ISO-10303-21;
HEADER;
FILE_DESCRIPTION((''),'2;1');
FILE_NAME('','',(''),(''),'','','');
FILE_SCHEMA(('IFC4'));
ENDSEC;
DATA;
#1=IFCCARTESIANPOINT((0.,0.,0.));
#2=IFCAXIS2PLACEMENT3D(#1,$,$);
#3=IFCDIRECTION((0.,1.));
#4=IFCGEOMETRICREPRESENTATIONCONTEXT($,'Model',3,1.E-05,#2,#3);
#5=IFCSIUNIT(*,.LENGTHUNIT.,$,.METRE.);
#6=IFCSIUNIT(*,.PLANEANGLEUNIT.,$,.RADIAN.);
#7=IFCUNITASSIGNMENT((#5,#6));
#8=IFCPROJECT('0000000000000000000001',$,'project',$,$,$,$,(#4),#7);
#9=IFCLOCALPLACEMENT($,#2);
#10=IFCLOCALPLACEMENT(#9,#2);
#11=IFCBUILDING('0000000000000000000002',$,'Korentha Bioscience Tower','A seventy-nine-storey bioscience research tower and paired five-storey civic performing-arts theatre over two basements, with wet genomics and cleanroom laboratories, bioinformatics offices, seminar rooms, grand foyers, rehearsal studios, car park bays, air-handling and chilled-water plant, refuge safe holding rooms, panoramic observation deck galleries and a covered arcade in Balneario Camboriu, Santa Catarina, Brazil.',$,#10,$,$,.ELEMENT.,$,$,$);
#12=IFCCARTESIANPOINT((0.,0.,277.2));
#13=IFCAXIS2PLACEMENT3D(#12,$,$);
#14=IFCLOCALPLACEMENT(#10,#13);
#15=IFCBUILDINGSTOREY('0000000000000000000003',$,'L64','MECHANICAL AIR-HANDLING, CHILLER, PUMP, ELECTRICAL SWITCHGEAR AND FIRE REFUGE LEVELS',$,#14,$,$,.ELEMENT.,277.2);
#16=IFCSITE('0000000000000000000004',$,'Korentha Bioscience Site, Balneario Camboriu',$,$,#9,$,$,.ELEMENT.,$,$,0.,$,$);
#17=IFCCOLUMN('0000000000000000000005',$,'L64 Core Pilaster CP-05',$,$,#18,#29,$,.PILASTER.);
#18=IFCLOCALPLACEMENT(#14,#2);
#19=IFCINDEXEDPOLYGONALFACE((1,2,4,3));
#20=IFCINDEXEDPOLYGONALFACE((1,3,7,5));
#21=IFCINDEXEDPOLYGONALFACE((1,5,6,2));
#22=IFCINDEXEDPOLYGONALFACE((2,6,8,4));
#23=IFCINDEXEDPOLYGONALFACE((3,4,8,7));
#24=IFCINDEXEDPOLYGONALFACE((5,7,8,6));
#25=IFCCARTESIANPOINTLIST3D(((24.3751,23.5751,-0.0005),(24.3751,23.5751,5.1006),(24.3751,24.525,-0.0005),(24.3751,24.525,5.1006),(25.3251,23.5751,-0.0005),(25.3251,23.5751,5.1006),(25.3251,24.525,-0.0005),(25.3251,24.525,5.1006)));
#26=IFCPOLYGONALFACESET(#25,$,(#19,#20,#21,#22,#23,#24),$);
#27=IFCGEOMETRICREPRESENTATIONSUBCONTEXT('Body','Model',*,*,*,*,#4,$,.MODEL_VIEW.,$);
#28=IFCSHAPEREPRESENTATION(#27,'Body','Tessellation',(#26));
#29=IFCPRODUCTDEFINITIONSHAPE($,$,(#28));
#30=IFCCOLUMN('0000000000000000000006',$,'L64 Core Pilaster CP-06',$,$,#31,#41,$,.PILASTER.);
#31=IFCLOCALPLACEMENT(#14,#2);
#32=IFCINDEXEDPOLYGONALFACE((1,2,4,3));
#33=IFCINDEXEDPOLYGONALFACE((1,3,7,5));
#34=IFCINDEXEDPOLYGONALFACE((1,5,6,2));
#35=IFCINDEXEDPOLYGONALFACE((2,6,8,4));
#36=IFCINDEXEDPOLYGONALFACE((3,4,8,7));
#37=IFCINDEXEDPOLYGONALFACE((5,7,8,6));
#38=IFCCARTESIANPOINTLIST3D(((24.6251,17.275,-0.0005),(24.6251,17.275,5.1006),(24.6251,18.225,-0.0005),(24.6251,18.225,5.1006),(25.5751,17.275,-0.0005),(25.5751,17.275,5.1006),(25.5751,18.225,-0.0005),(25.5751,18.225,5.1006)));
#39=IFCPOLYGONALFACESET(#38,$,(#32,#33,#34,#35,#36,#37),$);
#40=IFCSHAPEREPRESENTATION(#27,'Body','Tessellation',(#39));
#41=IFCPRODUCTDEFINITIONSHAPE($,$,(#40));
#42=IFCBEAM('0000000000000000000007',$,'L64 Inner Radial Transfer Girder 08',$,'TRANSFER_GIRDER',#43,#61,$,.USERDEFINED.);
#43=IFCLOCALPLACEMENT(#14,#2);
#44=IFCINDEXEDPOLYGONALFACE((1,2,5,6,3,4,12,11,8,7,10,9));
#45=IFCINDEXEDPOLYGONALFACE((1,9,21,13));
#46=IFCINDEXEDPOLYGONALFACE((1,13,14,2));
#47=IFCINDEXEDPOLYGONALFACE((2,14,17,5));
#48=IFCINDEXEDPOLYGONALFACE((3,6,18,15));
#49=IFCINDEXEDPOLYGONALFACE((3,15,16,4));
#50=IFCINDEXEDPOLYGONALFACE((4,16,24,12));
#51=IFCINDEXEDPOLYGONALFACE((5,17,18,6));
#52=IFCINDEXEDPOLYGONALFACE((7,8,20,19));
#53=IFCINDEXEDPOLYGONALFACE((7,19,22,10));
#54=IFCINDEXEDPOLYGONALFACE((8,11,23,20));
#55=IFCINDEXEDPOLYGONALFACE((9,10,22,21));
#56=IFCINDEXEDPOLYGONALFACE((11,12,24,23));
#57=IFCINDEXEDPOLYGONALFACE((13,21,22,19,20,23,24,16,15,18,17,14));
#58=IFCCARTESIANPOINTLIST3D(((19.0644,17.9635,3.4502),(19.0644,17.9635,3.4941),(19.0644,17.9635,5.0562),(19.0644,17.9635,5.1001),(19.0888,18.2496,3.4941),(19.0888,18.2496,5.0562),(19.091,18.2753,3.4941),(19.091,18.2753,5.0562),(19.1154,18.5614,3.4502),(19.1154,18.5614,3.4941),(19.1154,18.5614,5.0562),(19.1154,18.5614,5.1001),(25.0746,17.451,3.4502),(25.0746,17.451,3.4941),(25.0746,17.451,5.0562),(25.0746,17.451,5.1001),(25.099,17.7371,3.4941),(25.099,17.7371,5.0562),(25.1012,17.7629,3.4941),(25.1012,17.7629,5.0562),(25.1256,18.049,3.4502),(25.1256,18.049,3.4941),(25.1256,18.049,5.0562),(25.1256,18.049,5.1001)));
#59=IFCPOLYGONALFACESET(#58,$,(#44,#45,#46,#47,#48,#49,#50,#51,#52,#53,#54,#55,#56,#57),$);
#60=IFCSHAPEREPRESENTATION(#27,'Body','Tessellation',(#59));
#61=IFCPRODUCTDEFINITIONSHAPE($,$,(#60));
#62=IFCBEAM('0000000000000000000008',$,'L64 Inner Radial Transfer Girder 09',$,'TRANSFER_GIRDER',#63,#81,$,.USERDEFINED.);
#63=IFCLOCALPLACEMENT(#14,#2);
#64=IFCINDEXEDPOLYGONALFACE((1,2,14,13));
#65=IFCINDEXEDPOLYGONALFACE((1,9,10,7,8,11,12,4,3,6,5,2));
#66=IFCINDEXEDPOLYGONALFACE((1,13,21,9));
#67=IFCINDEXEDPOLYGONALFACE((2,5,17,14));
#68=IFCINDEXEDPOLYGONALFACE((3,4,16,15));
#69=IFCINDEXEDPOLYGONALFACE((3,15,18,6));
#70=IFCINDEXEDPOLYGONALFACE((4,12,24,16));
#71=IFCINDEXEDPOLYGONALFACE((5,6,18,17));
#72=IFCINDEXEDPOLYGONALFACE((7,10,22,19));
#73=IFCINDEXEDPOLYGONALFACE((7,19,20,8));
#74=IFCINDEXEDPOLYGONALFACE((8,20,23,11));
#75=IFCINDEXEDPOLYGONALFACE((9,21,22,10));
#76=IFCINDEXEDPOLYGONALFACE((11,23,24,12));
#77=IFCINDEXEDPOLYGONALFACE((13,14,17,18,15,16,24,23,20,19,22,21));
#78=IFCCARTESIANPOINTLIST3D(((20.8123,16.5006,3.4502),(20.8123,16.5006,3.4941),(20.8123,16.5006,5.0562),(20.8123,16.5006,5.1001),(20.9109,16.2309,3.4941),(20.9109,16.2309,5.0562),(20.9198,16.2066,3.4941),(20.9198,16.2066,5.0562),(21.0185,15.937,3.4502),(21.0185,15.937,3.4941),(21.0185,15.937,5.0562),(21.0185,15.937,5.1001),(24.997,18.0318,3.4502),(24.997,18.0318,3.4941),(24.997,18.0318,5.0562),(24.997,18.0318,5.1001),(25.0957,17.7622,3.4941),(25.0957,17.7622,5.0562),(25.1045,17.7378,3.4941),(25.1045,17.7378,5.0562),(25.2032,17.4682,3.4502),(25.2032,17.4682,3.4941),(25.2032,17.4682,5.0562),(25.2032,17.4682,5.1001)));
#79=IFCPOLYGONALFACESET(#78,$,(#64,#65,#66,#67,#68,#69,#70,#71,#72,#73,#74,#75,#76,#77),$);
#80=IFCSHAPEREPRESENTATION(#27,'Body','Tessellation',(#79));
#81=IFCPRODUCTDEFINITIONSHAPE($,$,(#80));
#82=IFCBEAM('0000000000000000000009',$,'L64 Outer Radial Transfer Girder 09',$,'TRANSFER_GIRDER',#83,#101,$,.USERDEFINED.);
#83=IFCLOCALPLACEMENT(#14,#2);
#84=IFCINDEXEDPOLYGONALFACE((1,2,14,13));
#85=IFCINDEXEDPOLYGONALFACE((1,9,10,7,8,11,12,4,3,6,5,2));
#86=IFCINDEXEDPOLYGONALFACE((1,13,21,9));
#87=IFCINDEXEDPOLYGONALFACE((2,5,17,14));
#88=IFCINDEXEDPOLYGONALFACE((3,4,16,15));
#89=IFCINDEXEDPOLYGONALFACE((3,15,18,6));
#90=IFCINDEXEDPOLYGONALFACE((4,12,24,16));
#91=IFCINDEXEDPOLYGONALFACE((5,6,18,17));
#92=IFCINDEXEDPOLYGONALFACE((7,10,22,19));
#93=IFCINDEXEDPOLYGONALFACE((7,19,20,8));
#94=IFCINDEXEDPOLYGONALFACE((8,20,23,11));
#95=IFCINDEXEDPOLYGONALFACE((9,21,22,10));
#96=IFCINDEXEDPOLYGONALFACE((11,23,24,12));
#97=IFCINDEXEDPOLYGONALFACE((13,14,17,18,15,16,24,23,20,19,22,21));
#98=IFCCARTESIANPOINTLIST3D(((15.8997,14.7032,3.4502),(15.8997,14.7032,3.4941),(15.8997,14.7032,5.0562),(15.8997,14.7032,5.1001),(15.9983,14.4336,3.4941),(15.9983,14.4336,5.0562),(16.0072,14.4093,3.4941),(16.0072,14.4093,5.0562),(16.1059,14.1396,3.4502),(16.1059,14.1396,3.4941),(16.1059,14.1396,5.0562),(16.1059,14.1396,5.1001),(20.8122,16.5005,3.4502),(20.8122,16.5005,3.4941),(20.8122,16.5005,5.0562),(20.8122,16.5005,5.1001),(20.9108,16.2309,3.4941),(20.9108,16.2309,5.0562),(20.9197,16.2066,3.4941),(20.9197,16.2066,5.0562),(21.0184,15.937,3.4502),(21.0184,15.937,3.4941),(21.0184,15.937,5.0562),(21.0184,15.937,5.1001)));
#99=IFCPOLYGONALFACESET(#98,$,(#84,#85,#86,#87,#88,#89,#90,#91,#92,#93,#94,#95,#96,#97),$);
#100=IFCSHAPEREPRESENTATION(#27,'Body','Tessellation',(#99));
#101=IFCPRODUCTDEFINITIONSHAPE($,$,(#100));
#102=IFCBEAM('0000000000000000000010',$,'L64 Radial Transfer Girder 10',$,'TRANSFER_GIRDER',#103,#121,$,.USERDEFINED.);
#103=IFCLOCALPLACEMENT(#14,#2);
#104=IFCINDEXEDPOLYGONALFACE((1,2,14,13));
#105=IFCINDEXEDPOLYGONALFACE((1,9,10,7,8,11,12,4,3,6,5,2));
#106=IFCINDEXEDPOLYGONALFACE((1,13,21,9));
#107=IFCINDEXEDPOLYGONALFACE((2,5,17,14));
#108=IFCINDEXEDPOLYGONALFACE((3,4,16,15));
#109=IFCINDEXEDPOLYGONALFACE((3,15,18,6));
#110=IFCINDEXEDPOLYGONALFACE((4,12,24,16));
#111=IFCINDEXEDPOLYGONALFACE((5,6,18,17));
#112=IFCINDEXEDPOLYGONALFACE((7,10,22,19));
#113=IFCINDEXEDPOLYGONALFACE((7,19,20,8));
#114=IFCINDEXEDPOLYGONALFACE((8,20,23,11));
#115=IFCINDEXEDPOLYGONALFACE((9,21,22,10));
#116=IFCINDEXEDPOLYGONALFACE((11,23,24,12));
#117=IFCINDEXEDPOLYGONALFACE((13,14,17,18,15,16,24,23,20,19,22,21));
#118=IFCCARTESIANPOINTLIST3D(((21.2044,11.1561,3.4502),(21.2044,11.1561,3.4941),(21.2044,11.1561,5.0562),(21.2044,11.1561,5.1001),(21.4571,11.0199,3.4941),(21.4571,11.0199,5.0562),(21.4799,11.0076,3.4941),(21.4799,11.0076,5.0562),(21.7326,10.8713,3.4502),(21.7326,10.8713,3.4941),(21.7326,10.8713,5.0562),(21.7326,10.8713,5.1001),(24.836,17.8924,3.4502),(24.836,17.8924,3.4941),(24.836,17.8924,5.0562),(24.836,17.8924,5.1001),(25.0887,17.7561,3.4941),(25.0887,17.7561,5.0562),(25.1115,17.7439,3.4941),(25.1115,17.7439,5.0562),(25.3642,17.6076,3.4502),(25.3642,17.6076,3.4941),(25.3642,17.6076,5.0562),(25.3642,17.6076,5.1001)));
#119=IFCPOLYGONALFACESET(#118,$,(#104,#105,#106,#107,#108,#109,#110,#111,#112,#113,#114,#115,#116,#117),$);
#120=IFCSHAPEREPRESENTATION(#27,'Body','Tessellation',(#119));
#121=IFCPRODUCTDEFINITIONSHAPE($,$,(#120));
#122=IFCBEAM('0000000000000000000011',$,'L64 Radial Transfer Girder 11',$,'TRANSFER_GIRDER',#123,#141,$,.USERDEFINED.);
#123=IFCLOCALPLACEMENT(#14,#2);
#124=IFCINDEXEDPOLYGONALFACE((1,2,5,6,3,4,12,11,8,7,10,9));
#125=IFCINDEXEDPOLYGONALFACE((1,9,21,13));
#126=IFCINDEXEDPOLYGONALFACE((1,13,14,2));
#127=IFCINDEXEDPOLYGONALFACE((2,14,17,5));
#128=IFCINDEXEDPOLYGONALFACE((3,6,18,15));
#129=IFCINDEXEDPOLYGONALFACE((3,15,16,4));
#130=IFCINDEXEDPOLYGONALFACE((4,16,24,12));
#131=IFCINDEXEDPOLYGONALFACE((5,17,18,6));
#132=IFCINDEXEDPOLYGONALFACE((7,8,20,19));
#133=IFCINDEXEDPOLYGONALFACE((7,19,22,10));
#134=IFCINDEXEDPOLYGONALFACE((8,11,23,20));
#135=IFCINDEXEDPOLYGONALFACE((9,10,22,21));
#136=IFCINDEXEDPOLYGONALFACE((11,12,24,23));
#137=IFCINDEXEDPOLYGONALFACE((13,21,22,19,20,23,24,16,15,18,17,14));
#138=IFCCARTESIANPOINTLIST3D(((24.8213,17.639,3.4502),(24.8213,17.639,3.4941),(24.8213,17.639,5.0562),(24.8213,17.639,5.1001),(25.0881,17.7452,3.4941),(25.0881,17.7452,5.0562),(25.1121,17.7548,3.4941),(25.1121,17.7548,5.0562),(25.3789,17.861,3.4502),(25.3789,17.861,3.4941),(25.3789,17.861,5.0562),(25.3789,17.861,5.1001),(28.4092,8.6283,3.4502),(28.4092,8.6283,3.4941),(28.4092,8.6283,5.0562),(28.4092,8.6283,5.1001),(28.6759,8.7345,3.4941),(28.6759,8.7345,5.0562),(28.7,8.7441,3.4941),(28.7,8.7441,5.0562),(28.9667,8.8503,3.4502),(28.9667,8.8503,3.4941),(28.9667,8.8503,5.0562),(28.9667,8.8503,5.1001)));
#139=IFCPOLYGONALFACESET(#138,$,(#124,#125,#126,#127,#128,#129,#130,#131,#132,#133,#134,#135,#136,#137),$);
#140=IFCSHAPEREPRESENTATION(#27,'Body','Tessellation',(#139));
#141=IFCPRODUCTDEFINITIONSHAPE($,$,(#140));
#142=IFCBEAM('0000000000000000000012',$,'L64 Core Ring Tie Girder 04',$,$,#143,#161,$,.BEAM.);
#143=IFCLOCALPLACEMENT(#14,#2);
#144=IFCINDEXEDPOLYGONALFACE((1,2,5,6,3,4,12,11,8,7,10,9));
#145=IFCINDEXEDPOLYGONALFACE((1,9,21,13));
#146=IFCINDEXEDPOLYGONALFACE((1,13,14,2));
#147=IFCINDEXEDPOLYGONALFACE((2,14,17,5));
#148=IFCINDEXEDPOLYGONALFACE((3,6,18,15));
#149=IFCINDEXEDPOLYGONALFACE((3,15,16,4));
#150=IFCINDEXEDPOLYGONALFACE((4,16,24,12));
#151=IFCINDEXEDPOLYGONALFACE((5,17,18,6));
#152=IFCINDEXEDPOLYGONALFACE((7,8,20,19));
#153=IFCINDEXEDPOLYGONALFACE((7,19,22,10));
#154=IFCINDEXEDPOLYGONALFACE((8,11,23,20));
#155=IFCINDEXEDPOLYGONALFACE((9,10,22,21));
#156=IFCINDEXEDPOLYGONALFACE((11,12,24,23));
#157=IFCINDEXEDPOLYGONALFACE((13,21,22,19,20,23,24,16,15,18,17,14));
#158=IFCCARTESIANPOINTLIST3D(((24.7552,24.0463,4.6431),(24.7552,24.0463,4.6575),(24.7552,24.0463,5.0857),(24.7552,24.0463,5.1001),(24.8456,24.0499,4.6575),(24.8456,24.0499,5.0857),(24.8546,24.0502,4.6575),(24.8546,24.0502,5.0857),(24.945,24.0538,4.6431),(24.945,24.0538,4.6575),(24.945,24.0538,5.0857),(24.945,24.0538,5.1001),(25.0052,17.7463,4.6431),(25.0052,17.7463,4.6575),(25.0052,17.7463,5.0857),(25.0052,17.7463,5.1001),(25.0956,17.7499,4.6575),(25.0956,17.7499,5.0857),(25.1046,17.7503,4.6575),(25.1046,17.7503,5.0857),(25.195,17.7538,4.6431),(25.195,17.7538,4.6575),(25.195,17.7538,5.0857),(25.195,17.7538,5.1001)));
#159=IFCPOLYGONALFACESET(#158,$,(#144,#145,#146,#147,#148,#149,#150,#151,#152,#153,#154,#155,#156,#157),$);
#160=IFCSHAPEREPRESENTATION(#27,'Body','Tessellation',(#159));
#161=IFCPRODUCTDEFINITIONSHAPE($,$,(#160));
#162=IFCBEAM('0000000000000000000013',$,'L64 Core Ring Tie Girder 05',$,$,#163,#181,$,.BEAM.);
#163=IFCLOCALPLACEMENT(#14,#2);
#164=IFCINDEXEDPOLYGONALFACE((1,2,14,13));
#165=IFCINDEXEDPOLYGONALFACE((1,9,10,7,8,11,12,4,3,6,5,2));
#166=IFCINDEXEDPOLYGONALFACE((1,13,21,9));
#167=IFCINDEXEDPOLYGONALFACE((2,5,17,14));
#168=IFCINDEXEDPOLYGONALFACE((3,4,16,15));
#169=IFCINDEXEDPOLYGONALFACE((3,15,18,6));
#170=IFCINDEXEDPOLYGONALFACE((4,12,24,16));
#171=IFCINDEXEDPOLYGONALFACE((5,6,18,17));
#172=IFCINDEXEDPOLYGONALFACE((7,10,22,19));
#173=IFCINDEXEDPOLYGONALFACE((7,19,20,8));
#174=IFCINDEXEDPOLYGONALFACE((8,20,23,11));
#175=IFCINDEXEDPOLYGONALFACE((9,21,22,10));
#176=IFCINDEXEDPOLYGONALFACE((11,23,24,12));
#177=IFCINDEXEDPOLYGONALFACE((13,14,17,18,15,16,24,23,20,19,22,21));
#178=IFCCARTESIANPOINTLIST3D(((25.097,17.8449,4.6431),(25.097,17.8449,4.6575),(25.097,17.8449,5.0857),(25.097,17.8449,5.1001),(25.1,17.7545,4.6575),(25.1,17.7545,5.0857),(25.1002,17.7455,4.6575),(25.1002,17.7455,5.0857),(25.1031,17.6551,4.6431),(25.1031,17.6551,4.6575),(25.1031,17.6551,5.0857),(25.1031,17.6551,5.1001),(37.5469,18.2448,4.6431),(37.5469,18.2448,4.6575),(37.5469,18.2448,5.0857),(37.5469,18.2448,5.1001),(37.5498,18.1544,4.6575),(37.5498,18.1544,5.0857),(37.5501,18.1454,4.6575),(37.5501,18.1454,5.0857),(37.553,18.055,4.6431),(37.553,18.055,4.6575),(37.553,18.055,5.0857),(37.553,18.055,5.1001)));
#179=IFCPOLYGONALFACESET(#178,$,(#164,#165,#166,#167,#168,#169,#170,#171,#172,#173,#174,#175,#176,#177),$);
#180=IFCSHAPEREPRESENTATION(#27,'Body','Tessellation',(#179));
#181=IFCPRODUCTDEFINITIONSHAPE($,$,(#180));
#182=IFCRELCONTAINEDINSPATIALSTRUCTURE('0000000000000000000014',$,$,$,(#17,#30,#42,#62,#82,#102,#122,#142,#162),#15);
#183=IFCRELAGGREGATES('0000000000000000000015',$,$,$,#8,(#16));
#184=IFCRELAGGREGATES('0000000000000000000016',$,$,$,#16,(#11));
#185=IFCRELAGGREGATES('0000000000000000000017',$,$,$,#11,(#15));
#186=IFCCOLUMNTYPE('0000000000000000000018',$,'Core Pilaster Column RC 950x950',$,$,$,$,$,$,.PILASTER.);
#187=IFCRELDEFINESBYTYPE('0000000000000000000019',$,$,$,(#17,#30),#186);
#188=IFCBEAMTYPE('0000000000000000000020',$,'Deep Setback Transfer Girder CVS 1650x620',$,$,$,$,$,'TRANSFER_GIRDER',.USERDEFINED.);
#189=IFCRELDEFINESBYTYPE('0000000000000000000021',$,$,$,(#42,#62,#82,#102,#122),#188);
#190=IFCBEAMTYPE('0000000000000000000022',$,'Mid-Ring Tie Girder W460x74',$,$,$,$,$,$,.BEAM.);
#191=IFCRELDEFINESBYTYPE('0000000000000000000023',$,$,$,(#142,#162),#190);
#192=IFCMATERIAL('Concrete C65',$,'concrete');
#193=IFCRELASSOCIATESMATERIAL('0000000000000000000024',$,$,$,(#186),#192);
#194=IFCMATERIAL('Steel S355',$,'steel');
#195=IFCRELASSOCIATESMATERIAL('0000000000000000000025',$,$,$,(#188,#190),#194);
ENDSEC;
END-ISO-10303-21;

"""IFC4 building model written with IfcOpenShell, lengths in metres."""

from ifc_helpers import new_model, si_unit, direction, frame, origin, origin_2d, place, context, subcontext, project, spatial, rectangle, i_section, extrude, material, material_profile, profile_set, type_object, element, save


model = new_model("IFC4")

# Units and contexts
model_context = context("Model", 3, precision=1e-05, world=origin(), true_north=direction((0.0, 1.0)))
body_context = subcontext(model_context, "Body", "Model", "MODEL_VIEW")
ifc_project = project(units=[si_unit("LENGTHUNIT", "METRE"), si_unit("PLANEANGLEUNIT", "RADIAN")], contexts=[model_context])

# Site, building, storey
site_placement = place(None, origin())
site = spatial("IfcSite", under=ifc_project, at=site_placement, Name="Korentha Bioscience Site, Balneario Camboriu", CompositionType="ELEMENT", RefElevation=0.0)
building_placement = place(site_placement, origin())
building = spatial("IfcBuilding", under=site, at=building_placement, Name="Korentha Bioscience Tower", Description="A seventy-nine-storey bioscience research tower and paired five-storey civic performing-arts theatre over two basements, with wet genomics and cleanroom laboratories, bioinformatics offices, seminar rooms, grand foyers, rehearsal studios, car park bays, air-handling and chilled-water plant, refuge safe holding rooms, panoramic observation deck galleries and a covered arcade in Balneario Camboriu, Santa Catarina, Brazil.", CompositionType="ELEMENT")
storey_placement = place(building_placement, frame((0.0, 0.0, 277.2)))
storey = spatial("IfcBuildingStorey", under=building, at=storey_placement, Name="L64", Description="MECHANICAL AIR-HANDLING, CHILLER, PUMP, ELECTRICAL SWITCHGEAR AND FIRE REFUGE LEVELS", CompositionType="ELEMENT", Elevation=277.2)

# Columns
ifc_material_1 = material(Name="Concrete C65", Category="concrete")
ifc_material_profile_1 = material_profile(ifc_material_1, rectangle(XDim=0.95, YDim=0.95, at=origin_2d()), Name="Concrete C65")
ifc_profile_set_1 = profile_set([ifc_material_profile_1], Name="Concrete C65 (COL-CP09)")
column_type = type_object("IfcColumnType", Name="Core Pilaster Column RC 950x950", PredefinedType="PILASTER", material=ifc_profile_set_1)
for number, where, z_axis, x_axis, name in (
    (1, (24.8501, 24.05, -0.0005), (0.0, 0.0, 1.0), (1.0, 0.0, 0.0), "L64 Core Pilaster CP-05"),
    (2, (25.1001, 17.75, -0.0005), (0.0, 0.0, 1.0), (1.0, 0.0, 0.0), "L64 Core Pilaster CP-06"),
):
    element("IfcColumn", number, at=place(storey_placement, frame(where, z_axis=z_axis, x_axis=x_axis)), inside=storey, type_object=column_type, Name=name, PredefinedType="PILASTER", context=body_context, shape_type="SweptSolid", body=[
        extrude(rectangle(XDim=0.95, YDim=0.95, at=origin_2d()), origin(), (0.0, 0.0, 1.0), 5.1011),
    ])

# Beams
ifc_material_2 = material(Name="Steel S355", Category="steel")
ifc_material_profile_2 = material_profile(ifc_material_2, i_section(OverallWidth=0.6001, OverallDepth=1.6499, WebThickness=0.0259, FlangeThickness=0.0439, at=origin_2d()), Name="Steel S355")
ifc_profile_set_2 = profile_set([ifc_material_profile_2], Name="Steel S355 (TG-04)")
beam_type_1 = type_object("IfcBeamType", Name="Deep Setback Transfer Girder CVS 1650x620", ElementType="TRANSFER_GIRDER", PredefinedType="USERDEFINED", material=ifc_profile_set_2)
beam_1_placement = place(storey_placement, frame((25.1001, 17.75, 4.2751), z_axis=(-0.996385, 0.084955, 0.0), x_axis=(-0.084955, -0.996385, 0.0)))
element("IfcBeam", 3, at=beam_1_placement, inside=storey, type_object=beam_type_1, Name="L64 Inner Radial Transfer Girder 08", ObjectType="TRANSFER_GIRDER", PredefinedType="USERDEFINED", context=body_context, shape_type="SweptSolid", body=[
    extrude(i_section(OverallWidth=0.6001, OverallDepth=1.6499, WebThickness=0.0259, FlangeThickness=0.0439, at=origin_2d()), origin(), (0.0, 0.0, 1.0), 6.032),
])
beam_2_placement = place(storey_placement, frame((25.1001, 17.75, 4.2751), z_axis=(-0.939107, -0.343625, 0.0), x_axis=(0.343625, -0.939107, 0.0)))
element("IfcBeam", 4, at=beam_2_placement, inside=storey, type_object=beam_type_1, Name="L64 Inner Radial Transfer Girder 09", ObjectType="TRANSFER_GIRDER", PredefinedType="USERDEFINED", context=body_context, shape_type="SweptSolid", body=[
    extrude(i_section(OverallWidth=0.6001, OverallDepth=1.6499, WebThickness=0.0259, FlangeThickness=0.0439, at=origin_2d()), origin(), (0.0, 0.0, 1.0), 4.4561),
])
beam_3_placement = place(storey_placement, frame((20.9153, 16.2188, 4.2751), z_axis=(-0.939118, -0.343594, 0.0), x_axis=(0.343594, -0.939118, 0.0)))
element("IfcBeam", 5, at=beam_3_placement, inside=storey, type_object=beam_type_1, Name="L64 Outer Radial Transfer Girder 09", ObjectType="TRANSFER_GIRDER", PredefinedType="USERDEFINED", context=body_context, shape_type="SweptSolid", body=[
    extrude(i_section(OverallWidth=0.6001, OverallDepth=1.6499, WebThickness=0.0259, FlangeThickness=0.0439, at=origin_2d()), origin(), (0.0, 0.0, 1.0), 5.231),
])
beam_4_placement = place(storey_placement, frame((25.1001, 17.75, 4.2751), z_axis=(-0.474539, -0.880234, 0.0), x_axis=(0.880234, -0.474539, 0.0)))
element("IfcBeam", 6, at=beam_4_placement, inside=storey, type_object=beam_type_1, Name="L64 Radial Transfer Girder 10", ObjectType="TRANSFER_GIRDER", PredefinedType="USERDEFINED", context=body_context, shape_type="SweptSolid", body=[
    extrude(i_section(OverallWidth=0.6001, OverallDepth=1.6499, WebThickness=0.0259, FlangeThickness=0.0439, at=origin_2d()), origin(), (0.0, 0.0, 1.0), 7.6528),
])
beam_5_placement = place(storey_placement, frame((25.1001, 17.75, 4.2751), z_axis=(0.369932, -0.929059, 0.0), x_axis=(0.929059, 0.369932, 0.0)))
element("IfcBeam", 7, at=beam_5_placement, inside=storey, type_object=beam_type_1, Name="L64 Radial Transfer Girder 11", ObjectType="TRANSFER_GIRDER", PredefinedType="USERDEFINED", context=body_context, shape_type="SweptSolid", body=[
    extrude(i_section(OverallWidth=0.6001, OverallDepth=1.6499, WebThickness=0.0259, FlangeThickness=0.0439, at=origin_2d()), origin(), (0.0, 0.0, 1.0), 9.6987),
])
ifc_material_profile_3 = material_profile(ifc_material_2, i_section(OverallWidth=0.1899, OverallDepth=0.457, WebThickness=0.009, FlangeThickness=0.0144, at=origin_2d()), Name="Steel S355")
ifc_profile_set_3 = profile_set([ifc_material_profile_3], Name="Steel S355 (MB-460)")
beam_type_2 = type_object("IfcBeamType", Name="Mid-Ring Tie Girder W460x74", PredefinedType="BEAM", material=ifc_profile_set_3)
beam_6_placement = place(storey_placement, frame((24.8501, 24.05, 4.8716), z_axis=(0.039651, -0.999214, 0.0), x_axis=(0.999214, 0.039651, 0.0)))
element("IfcBeam", 8, at=beam_6_placement, inside=storey, type_object=beam_type_2, Name="L64 Core Ring Tie Girder 04", PredefinedType="BEAM", context=body_context, shape_type="SweptSolid", body=[
    extrude(i_section(OverallWidth=0.1899, OverallDepth=0.457, WebThickness=0.009, FlangeThickness=0.0144, at=origin_2d()), origin(), (0.0, 0.0, 1.0), 6.3049),
])
beam_7_placement = place(storey_placement, frame((25.1001, 17.75, 4.8716), z_axis=(0.999485, 0.032104, 0.0), x_axis=(-0.032104, 0.999485, 0.0)))
element("IfcBeam", 9, at=beam_7_placement, inside=storey, type_object=beam_type_2, Name="L64 Core Ring Tie Girder 05", PredefinedType="BEAM", context=body_context, shape_type="SweptSolid", body=[
    extrude(i_section(OverallWidth=0.1899, OverallDepth=0.457, WebThickness=0.009, FlangeThickness=0.0144, at=origin_2d()), origin(), (0.0, 0.0, 1.0), 12.4563),
])

save(model, "model.ifc")
